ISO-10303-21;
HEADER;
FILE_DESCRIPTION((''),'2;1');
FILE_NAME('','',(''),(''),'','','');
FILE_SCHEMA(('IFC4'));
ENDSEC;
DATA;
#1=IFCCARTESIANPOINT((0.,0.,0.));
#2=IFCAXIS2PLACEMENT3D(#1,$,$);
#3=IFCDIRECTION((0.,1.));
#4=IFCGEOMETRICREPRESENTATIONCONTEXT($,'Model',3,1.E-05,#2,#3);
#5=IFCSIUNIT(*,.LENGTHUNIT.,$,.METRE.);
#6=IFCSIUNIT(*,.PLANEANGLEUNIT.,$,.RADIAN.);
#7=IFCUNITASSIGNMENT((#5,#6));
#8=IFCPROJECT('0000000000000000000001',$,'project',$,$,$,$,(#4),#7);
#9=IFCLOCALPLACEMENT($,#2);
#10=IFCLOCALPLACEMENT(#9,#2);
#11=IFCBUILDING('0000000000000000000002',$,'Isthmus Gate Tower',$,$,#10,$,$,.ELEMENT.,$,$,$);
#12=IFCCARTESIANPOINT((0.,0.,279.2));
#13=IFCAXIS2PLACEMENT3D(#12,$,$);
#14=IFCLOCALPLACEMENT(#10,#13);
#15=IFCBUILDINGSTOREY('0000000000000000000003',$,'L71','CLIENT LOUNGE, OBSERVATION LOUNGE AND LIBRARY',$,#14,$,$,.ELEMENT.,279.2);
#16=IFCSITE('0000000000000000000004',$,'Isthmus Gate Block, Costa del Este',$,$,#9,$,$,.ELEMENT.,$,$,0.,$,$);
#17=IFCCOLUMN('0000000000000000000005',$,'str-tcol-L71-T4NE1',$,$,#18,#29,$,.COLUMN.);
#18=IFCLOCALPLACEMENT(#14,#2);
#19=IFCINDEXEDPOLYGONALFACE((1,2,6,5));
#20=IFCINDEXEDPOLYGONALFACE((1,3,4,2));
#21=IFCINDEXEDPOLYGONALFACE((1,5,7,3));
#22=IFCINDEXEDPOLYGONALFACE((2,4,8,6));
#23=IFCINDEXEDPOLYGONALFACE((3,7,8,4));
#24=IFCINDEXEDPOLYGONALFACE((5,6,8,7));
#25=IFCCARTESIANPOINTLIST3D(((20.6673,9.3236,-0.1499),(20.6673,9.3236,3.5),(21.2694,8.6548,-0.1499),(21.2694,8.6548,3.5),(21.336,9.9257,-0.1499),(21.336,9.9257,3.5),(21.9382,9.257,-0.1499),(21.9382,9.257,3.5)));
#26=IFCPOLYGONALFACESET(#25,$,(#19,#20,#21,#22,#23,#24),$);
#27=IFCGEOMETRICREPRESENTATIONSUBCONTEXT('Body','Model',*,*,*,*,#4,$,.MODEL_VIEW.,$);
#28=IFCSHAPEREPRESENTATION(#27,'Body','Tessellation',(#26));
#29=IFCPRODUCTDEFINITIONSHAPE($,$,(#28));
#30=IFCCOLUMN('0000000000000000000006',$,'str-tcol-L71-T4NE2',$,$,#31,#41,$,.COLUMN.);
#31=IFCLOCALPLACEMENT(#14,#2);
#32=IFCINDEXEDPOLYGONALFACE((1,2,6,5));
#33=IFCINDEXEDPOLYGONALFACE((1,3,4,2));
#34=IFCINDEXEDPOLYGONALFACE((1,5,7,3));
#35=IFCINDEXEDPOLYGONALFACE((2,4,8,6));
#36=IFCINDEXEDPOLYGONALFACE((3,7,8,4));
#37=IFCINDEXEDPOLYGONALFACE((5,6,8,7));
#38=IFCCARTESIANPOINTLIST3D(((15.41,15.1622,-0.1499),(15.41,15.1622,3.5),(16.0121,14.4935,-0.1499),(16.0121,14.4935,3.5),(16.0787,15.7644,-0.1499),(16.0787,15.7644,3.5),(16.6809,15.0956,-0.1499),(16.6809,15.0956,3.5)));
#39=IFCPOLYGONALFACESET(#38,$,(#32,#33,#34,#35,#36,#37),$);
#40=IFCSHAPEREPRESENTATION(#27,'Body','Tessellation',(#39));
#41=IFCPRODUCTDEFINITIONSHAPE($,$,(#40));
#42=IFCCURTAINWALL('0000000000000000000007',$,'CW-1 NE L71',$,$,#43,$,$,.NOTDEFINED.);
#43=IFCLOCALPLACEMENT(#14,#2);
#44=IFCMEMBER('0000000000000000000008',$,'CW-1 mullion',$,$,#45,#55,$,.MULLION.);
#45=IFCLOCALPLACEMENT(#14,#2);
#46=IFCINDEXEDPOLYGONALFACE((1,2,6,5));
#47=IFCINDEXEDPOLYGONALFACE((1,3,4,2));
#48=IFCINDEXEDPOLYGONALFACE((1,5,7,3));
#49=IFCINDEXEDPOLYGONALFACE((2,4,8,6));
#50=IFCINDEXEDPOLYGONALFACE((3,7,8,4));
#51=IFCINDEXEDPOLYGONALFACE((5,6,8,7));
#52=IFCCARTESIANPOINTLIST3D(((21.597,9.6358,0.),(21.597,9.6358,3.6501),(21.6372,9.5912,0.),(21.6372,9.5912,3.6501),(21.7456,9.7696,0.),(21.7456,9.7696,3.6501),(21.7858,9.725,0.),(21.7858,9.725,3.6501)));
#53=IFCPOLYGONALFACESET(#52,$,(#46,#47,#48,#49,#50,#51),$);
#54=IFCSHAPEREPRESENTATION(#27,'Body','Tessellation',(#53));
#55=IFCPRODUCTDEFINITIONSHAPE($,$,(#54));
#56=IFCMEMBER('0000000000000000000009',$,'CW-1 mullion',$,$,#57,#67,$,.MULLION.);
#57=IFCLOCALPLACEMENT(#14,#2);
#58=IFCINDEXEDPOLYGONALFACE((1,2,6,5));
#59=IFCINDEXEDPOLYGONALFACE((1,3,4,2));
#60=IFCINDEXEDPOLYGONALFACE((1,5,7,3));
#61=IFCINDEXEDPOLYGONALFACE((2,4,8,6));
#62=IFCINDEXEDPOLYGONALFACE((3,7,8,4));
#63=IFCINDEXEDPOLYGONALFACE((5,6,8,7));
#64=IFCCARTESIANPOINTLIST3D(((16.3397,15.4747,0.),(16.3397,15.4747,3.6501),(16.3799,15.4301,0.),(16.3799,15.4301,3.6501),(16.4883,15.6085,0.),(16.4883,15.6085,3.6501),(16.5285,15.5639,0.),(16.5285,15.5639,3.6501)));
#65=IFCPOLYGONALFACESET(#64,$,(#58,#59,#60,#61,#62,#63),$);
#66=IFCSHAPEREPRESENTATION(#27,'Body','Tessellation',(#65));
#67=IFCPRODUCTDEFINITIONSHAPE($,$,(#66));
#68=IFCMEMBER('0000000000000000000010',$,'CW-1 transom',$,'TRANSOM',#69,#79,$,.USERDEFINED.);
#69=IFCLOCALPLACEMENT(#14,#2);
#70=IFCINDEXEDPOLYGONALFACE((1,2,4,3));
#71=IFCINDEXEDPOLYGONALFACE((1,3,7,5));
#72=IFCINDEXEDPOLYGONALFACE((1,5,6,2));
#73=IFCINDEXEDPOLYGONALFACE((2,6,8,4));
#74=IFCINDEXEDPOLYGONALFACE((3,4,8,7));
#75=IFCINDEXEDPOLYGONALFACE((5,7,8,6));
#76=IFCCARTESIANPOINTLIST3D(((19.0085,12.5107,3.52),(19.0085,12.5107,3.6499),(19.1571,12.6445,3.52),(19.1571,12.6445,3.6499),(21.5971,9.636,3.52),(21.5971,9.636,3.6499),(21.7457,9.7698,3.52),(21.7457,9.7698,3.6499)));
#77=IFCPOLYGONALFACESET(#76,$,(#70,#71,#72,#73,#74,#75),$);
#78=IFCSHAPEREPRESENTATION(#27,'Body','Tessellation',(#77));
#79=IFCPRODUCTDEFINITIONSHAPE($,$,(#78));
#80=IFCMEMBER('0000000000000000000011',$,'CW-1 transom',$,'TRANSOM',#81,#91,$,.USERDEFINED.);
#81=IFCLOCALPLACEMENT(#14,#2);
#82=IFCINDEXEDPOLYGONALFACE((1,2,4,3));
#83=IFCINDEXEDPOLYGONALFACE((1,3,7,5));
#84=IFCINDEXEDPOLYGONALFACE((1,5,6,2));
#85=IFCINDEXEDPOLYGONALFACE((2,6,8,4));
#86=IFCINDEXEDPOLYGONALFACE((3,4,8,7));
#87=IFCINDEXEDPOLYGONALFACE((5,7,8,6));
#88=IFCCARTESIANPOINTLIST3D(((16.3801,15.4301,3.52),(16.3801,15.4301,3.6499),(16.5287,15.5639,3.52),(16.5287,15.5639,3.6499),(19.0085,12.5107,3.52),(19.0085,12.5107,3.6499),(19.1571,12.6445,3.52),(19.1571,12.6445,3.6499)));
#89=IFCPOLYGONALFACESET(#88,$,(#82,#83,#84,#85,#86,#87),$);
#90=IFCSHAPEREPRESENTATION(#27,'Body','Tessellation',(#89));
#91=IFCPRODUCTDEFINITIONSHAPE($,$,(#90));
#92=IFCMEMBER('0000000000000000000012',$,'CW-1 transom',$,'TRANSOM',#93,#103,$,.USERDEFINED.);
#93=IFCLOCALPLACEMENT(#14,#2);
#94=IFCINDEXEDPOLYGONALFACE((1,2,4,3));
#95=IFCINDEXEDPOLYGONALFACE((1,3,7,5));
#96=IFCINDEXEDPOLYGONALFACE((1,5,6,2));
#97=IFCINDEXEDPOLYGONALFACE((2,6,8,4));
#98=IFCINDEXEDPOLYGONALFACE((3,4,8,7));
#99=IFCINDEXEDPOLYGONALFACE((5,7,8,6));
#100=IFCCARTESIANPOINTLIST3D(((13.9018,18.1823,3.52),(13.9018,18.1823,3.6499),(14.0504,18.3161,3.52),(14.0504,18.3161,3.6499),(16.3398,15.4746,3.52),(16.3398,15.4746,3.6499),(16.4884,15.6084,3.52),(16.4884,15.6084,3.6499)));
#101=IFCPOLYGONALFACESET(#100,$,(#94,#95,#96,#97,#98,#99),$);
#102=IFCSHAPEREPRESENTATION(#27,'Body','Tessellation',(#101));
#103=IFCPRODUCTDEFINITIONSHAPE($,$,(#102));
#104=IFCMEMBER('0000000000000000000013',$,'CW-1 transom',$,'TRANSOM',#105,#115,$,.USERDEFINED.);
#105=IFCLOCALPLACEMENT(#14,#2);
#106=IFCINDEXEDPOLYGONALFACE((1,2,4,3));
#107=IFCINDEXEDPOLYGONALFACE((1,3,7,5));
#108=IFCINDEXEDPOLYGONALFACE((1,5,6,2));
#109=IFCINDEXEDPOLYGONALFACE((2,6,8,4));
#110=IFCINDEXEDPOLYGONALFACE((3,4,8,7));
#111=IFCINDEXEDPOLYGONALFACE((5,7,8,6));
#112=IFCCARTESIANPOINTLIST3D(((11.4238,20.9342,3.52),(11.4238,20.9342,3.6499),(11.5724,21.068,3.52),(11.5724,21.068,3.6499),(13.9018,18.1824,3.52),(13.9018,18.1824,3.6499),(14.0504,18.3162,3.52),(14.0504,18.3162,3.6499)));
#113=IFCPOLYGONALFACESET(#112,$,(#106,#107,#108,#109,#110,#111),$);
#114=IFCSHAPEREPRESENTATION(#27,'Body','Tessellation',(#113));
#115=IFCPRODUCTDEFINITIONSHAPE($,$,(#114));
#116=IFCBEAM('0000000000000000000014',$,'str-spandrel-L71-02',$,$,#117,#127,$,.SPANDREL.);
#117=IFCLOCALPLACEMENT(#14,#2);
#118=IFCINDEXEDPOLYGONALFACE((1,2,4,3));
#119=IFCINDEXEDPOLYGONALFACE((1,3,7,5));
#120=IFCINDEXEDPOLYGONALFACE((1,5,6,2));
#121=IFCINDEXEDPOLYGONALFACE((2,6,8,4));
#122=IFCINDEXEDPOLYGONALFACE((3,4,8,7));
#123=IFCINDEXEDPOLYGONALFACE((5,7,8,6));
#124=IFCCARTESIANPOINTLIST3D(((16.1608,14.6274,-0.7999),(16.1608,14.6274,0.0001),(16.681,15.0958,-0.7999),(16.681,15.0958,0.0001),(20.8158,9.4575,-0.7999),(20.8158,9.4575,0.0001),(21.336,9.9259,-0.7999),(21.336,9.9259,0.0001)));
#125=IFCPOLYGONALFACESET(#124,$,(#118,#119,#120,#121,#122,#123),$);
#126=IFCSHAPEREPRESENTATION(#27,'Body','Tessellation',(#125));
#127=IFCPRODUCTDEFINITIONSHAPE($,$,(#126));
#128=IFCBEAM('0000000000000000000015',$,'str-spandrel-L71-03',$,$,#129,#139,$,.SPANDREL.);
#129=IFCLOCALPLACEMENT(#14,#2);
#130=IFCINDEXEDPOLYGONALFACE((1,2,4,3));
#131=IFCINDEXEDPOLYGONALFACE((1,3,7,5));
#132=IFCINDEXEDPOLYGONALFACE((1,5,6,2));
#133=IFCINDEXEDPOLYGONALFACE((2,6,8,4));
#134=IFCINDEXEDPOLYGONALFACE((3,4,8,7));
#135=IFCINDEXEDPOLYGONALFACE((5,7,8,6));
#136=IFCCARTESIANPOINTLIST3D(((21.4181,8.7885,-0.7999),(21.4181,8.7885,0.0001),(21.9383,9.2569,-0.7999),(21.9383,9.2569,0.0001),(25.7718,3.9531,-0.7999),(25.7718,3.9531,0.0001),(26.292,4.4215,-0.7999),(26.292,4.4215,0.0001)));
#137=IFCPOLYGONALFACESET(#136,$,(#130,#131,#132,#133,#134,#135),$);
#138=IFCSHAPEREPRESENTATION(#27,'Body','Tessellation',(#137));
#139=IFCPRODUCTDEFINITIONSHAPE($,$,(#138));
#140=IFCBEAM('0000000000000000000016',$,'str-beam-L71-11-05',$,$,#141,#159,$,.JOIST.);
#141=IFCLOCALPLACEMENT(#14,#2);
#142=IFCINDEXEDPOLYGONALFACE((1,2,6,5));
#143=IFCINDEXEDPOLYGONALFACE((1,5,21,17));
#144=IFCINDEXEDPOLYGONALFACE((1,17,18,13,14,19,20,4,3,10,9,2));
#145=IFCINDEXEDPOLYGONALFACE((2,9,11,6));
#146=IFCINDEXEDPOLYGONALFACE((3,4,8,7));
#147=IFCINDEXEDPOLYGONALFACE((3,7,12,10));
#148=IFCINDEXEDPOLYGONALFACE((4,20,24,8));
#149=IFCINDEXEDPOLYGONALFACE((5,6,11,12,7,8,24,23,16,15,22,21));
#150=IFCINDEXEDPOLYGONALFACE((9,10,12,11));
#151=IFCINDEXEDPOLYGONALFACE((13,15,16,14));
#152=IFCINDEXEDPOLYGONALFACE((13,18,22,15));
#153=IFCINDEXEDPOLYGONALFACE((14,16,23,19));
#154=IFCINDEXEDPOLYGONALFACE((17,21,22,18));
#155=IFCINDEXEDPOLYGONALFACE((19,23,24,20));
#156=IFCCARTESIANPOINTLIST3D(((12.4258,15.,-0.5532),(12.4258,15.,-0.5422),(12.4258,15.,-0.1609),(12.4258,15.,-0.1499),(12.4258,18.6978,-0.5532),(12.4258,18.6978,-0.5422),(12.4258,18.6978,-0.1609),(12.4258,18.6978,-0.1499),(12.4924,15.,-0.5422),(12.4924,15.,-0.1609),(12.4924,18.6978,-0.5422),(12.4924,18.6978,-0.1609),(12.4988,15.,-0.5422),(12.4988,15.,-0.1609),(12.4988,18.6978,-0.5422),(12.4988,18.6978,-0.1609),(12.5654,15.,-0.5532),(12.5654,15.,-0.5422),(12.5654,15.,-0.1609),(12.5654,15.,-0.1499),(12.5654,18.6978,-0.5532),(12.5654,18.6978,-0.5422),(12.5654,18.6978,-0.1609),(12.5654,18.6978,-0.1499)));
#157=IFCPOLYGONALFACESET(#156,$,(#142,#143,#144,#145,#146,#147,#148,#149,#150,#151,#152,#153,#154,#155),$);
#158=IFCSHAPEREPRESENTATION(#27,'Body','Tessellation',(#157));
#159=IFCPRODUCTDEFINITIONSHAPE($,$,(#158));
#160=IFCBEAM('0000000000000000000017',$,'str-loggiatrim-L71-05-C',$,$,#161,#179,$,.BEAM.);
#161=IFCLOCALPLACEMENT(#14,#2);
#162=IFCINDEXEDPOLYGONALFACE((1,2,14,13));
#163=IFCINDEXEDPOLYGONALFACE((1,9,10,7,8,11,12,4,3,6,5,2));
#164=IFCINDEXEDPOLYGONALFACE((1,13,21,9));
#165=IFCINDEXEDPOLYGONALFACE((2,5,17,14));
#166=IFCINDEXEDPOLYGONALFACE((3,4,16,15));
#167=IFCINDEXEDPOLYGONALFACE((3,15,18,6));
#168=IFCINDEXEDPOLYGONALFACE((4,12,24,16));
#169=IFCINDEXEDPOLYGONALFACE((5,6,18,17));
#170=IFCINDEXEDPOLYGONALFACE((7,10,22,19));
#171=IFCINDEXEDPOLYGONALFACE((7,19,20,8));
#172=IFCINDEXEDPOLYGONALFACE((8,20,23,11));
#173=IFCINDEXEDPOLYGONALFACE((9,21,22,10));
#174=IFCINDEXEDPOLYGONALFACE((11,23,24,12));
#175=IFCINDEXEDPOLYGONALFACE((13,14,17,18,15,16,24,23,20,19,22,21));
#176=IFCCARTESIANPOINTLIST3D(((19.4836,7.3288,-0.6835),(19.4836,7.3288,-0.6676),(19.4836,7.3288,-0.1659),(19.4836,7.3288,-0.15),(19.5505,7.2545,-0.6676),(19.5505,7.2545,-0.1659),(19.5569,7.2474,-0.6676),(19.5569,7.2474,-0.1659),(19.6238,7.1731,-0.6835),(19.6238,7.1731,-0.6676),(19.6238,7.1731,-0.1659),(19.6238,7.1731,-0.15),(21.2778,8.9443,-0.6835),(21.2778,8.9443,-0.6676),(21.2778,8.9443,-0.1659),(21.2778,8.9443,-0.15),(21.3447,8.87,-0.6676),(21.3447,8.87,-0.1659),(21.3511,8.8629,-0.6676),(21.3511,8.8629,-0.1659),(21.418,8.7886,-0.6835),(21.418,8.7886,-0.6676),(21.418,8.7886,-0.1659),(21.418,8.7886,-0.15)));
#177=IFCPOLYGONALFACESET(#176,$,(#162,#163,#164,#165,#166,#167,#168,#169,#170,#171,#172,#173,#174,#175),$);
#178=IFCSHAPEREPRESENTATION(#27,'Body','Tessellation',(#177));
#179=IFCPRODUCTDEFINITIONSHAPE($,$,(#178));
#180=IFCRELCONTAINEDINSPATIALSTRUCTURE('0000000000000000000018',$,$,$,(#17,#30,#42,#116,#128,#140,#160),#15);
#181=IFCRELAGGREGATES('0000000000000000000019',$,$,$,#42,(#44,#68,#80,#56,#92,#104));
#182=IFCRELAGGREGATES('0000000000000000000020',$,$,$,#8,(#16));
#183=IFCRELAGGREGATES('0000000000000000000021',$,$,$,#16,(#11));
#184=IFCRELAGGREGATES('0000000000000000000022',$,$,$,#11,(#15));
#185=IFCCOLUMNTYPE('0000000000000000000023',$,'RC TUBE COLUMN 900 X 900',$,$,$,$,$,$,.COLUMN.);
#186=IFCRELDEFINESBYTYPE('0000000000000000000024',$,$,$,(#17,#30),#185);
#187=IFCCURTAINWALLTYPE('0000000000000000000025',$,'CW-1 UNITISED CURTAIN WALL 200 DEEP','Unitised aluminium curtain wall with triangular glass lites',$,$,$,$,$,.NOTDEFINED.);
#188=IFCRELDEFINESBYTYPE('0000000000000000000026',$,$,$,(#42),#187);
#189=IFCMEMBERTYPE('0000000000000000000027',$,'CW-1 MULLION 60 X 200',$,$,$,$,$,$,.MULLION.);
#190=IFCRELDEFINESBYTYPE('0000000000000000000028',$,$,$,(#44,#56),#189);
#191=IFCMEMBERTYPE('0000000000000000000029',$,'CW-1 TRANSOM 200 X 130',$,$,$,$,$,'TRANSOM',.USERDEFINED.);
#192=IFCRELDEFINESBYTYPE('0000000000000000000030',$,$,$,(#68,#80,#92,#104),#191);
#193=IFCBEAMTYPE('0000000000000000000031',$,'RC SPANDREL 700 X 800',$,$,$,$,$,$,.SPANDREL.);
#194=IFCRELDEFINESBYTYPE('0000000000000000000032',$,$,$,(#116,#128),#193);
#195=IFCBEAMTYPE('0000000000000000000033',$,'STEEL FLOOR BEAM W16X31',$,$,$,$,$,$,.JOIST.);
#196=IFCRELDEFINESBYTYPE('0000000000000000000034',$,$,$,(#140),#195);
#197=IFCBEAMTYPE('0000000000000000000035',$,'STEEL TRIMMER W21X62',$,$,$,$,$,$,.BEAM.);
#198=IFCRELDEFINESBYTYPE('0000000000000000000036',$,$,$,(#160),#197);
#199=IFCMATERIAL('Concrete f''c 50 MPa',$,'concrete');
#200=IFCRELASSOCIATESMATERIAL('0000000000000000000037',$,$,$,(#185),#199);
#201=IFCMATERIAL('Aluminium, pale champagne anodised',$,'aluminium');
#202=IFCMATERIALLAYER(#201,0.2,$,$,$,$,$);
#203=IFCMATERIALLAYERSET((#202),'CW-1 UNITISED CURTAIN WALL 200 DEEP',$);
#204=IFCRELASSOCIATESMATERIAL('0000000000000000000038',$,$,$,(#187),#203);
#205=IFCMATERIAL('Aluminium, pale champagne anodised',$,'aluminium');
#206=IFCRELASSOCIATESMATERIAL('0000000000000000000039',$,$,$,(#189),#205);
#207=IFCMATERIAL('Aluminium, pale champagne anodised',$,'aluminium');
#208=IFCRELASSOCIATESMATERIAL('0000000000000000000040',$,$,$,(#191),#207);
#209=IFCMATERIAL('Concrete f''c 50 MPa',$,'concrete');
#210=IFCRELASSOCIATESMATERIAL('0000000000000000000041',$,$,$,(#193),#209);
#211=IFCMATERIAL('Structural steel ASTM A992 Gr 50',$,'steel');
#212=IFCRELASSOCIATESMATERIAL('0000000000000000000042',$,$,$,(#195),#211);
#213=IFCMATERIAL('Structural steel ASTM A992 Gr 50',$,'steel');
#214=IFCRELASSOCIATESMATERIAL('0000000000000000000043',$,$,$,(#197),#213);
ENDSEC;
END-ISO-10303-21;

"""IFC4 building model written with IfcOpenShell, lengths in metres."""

from ifc_helpers import new_model, si_unit, direction, frame, origin, origin_2d, place, context, subcontext, project, spatial, rectangle, i_section, extrude, material, layer, layer_set, material_profile, profile_set, type_object, element, aggregate, save


model = new_model("IFC4")

# Units and contexts
model_context = context("Model", 3, precision=1e-05, world=origin(), true_north=direction((0.0, 1.0)))
body_context = subcontext(model_context, "Body", "Model", "MODEL_VIEW")
ifc_project = project(units=[si_unit("LENGTHUNIT", "METRE"), si_unit("PLANEANGLEUNIT", "RADIAN")], contexts=[model_context])

# Site, building, storey
site_placement = place(None, origin())
site = spatial("IfcSite", under=ifc_project, at=site_placement, Name="Isthmus Gate Block, Costa del Este", CompositionType="ELEMENT", RefElevation=0.0)
building_placement = place(site_placement, origin())
building = spatial("IfcBuilding", under=site, at=building_placement, Name="Isthmus Gate Tower", CompositionType="ELEMENT")
storey_placement = place(building_placement, frame((0.0, 0.0, 279.2)))
storey = spatial("IfcBuildingStorey", under=building, at=storey_placement, Name="L71", Description="CLIENT LOUNGE, OBSERVATION LOUNGE AND LIBRARY", CompositionType="ELEMENT", Elevation=279.2)

# Columns
ifc_material_1 = material(Name="Concrete f'c 50 MPa", Category="concrete")
ifc_material_profile_1 = material_profile(ifc_material_1, rectangle(XDim=0.8999, YDim=0.8999, at=origin_2d()), Name="RC 900X900")
ifc_profile_set_1 = profile_set([ifc_material_profile_1], Name="Concrete f'c 50 MPa")
column_type = type_object("IfcColumnType", Name="RC TUBE COLUMN 900 X 900", PredefinedType="COLUMN", material=ifc_profile_set_1)
for number, where, z_axis, x_axis, name in (
    (1, (21.3027, 9.2903, -0.1499), (0.0, 0.0, 1.0), (-0.669131, 0.743145, 0.0), "str-tcol-L71-T4NE1"),
    (2, (16.0454, 15.1289, -0.1499), (0.0, 0.0, 1.0), (-0.669131, 0.743145, 0.0), "str-tcol-L71-T4NE2"),
):
    element("IfcColumn", number, at=place(storey_placement, frame(where, z_axis=z_axis, x_axis=x_axis)), inside=storey, type_object=column_type, Name=name, PredefinedType="COLUMN", context=body_context, shape_type="SweptSolid", body=[
        extrude(rectangle(XDim=0.8999, YDim=0.8999, at=origin_2d()), origin(), (0.0, 0.0, 1.0), 3.6499),
    ])

# Curtain wall, members
ifc_material_2 = material(Name="Aluminium, pale champagne anodised", Category="aluminium")
ifc_layer_1 = layer(ifc_material_2, 0.2)
ifc_layer_set_1 = layer_set([ifc_layer_1], Name="CW-1 UNITISED CURTAIN WALL 200 DEEP")
curtain_wall_type_1 = type_object("IfcCurtainWallType", Name="CW-1 UNITISED CURTAIN WALL 200 DEEP", Description="Unitised aluminium curtain wall with triangular glass lites", PredefinedType="NOTDEFINED", material=ifc_layer_set_1)
curtain_wall_1_placement = place(storey_placement, origin())
curtain_wall_1 = element("IfcCurtainWall", 3, at=curtain_wall_1_placement, inside=storey, type_object=curtain_wall_type_1, Name="CW-1 NE L71", PredefinedType="NOTDEFINED")
ifc_material_3 = material(Name="Aluminium, pale champagne anodised", Category="aluminium")
ifc_material_profile_2 = material_profile(ifc_material_3, rectangle(XDim=0.0601, YDim=0.2, at=origin_2d()), Name="60x200")
ifc_profile_set_2 = profile_set([ifc_material_profile_2], Name="Aluminium, pale champagne anodised")
member_type_1 = type_object("IfcMemberType", Name="CW-1 MULLION 60 X 200", PredefinedType="MULLION", material=ifc_profile_set_2)
member_1_placement = place(storey_placement, frame((21.6914, 9.6804, 0.0), z_axis=(0.0, 0.0, 1.0), x_axis=(-0.669131, 0.743145, 0.0)))
member_1 = element("IfcMember", 4, at=member_1_placement, type_object=member_type_1, Name="CW-1 mullion", PredefinedType="MULLION", context=body_context, shape_type="SweptSolid", body=[
    extrude(rectangle(XDim=0.0601, YDim=0.2, at=origin_2d()), origin(), (0.0, 0.0, 1.0), 3.6501),
])
member_2_placement = place(storey_placement, frame((16.4341, 15.5193, 0.0), z_axis=(0.0, 0.0, 1.0), x_axis=(-0.669131, 0.743145, 0.0)))
member_2 = element("IfcMember", 5, at=member_2_placement, type_object=member_type_1, Name="CW-1 mullion", PredefinedType="MULLION", context=body_context, shape_type="SweptSolid", body=[
    extrude(rectangle(XDim=0.0601, YDim=0.2, at=origin_2d()), origin(), (0.0, 0.0, 1.0), 3.6501),
])
ifc_material_4 = material(Name="Aluminium, pale champagne anodised", Category="aluminium")
ifc_material_profile_3 = material_profile(ifc_material_4, rectangle(XDim=0.2, YDim=0.1299, at=origin_2d()), Name="200x130")
ifc_profile_set_3 = profile_set([ifc_material_profile_3], Name="Aluminium, pale champagne anodised")
member_type_2 = type_object("IfcMemberType", Name="CW-1 TRANSOM 200 X 130", ElementType="TRANSOM", PredefinedType="USERDEFINED", material=ifc_profile_set_3)
member_3_placement = place(storey_placement, frame((21.6714, 9.7029, 3.585), z_axis=(-0.669156, 0.743122, 0.0), x_axis=(-0.743122, -0.669156, 0.0)))
member_3 = element("IfcMember", 6, at=member_3_placement, type_object=member_type_2, Name="CW-1 transom", ObjectType="TRANSOM", PredefinedType="USERDEFINED", context=body_context, shape_type="SweptSolid", body=[
    extrude(rectangle(XDim=0.2, YDim=0.1299, at=origin_2d()), origin(), (0.0, 0.0, 1.0), 3.8684),
])
member_4_placement = place(storey_placement, frame((19.0828, 12.5776, 3.585), z_axis=(-0.669095, 0.743177, 0.0), x_axis=(-0.743177, -0.669095, 0.0)))
member_4 = element("IfcMember", 7, at=member_4_placement, type_object=member_type_2, Name="CW-1 transom", ObjectType="TRANSOM", PredefinedType="USERDEFINED", context=body_context, shape_type="SweptSolid", body=[
    extrude(rectangle(XDim=0.2, YDim=0.1299, at=origin_2d()), origin(), (0.0, 0.0, 1.0), 3.9282),
])
member_5_placement = place(storey_placement, frame((16.4141, 15.5415, 3.585), z_axis=(-0.669116, 0.743158, 0.0), x_axis=(-0.743158, -0.669116, 0.0)))
member_5 = element("IfcMember", 8, at=member_5_placement, type_object=member_type_2, Name="CW-1 transom", ObjectType="TRANSOM", PredefinedType="USERDEFINED", context=body_context, shape_type="SweptSolid", body=[
    extrude(rectangle(XDim=0.2, YDim=0.1299, at=origin_2d()), origin(), (0.0, 0.0, 1.0), 3.6436),
])
member_6_placement = place(storey_placement, frame((13.9761, 18.2493, 3.585), z_axis=(-0.669154, 0.743124, 0.0), x_axis=(-0.743124, -0.669154, 0.0)))
member_6 = element("IfcMember", 9, at=member_6_placement, type_object=member_type_2, Name="CW-1 transom", ObjectType="TRANSOM", PredefinedType="USERDEFINED", context=body_context, shape_type="SweptSolid", body=[
    extrude(rectangle(XDim=0.2, YDim=0.1299, at=origin_2d()), origin(), (0.0, 0.0, 1.0), 3.7031),
])

# Beams
ifc_material_5 = material(Name="Concrete f'c 50 MPa", Category="concrete")
ifc_material_profile_4 = material_profile(ifc_material_5, rectangle(XDim=0.7, YDim=0.8, at=origin_2d()), Name="RC 700X800")
ifc_profile_set_4 = profile_set([ifc_material_profile_4], Name="Concrete f'c 50 MPa")
beam_type_1 = type_object("IfcBeamType", Name="RC SPANDREL 700 X 800", PredefinedType="SPANDREL", material=ifc_profile_set_4)
beam_1_placement = place(storey_placement, frame((16.4209, 14.8616, -0.3999), z_axis=(0.669131, -0.743144, 0.0), x_axis=(0.743144, 0.669131, 0.0)))
element("IfcBeam", 10, at=beam_1_placement, inside=storey, type_object=beam_type_1, Name="str-spandrel-L71-02", PredefinedType="SPANDREL", context=body_context, shape_type="SweptSolid", body=[
    extrude(rectangle(XDim=0.7, YDim=0.8, at=origin_2d()), origin(), (0.0, 0.0, 1.0), 6.9568),
])
beam_2_placement = place(storey_placement, frame((21.6782, 9.0227, -0.3999), z_axis=(0.669122, -0.743152, 0.0), x_axis=(0.743152, 0.669122, 0.0)))
element("IfcBeam", 11, at=beam_2_placement, inside=storey, type_object=beam_type_1, Name="str-spandrel-L71-03", PredefinedType="SPANDREL", context=body_context, shape_type="SweptSolid", body=[
    extrude(rectangle(XDim=0.7, YDim=0.8, at=origin_2d()), origin(), (0.0, 0.0, 1.0), 6.5066),
])
ifc_material_6 = material(Name="Structural steel ASTM A992 Gr 50", Category="steel")
ifc_material_profile_5 = material_profile(ifc_material_6, i_section(OverallWidth=0.1396, OverallDepth=0.4033, WebThickness=0.0063, FlangeThickness=0.011, at=origin_2d()), Name="W16X31")
ifc_profile_set_5 = profile_set([ifc_material_profile_5], Name="Structural steel ASTM A992 Gr 50")
beam_type_2 = type_object("IfcBeamType", Name="STEEL FLOOR BEAM W16X31", PredefinedType="JOIST", material=ifc_profile_set_5)
beam_3_placement = place(storey_placement, frame((12.4956, 15.0, -0.3516), z_axis=(0.0, 1.0, 0.0), x_axis=(-1.0, 0.0, 0.0)))
element("IfcBeam", 12, at=beam_3_placement, inside=storey, type_object=beam_type_2, Name="str-beam-L71-11-05", PredefinedType="JOIST", context=body_context, shape_type="SweptSolid", body=[
    extrude(i_section(OverallWidth=0.1396, OverallDepth=0.4033, WebThickness=0.0063, FlangeThickness=0.011, at=origin_2d()), origin(), (0.0, 0.0, 1.0), 3.6978),
])
ifc_material_7 = material(Name="Structural steel ASTM A992 Gr 50", Category="steel")
ifc_material_profile_6 = material_profile(ifc_material_7, i_section(OverallWidth=0.2095, OverallDepth=0.5334, WebThickness=0.0095, FlangeThickness=0.0159, at=origin_2d()), Name="W21X62")
ifc_profile_set_6 = profile_set([ifc_material_profile_6], Name="Structural steel ASTM A992 Gr 50")
beam_type_3 = type_object("IfcBeamType", Name="STEEL TRIMMER W21X62", PredefinedType="BEAM", material=ifc_profile_set_6)
beam_4_placement = place(storey_placement, frame((21.3479, 8.8665, -0.4167), z_axis=(-0.743148, -0.669127, 0.0), x_axis=(0.669127, -0.743148, 0.0)))
element("IfcBeam", 13, at=beam_4_placement, inside=storey, type_object=beam_type_3, Name="str-loggiatrim-L71-05-C", PredefinedType="BEAM", context=body_context, shape_type="SweptSolid", body=[
    extrude(i_section(OverallWidth=0.2095, OverallDepth=0.5334, WebThickness=0.0095, FlangeThickness=0.0159, at=origin_2d()), origin(), (0.0, 0.0, 1.0), 2.4143),
])

aggregate(curtain_wall_1, [member_1, member_3, member_4, member_2, member_5, member_6])

save(model, "model.ifc")
